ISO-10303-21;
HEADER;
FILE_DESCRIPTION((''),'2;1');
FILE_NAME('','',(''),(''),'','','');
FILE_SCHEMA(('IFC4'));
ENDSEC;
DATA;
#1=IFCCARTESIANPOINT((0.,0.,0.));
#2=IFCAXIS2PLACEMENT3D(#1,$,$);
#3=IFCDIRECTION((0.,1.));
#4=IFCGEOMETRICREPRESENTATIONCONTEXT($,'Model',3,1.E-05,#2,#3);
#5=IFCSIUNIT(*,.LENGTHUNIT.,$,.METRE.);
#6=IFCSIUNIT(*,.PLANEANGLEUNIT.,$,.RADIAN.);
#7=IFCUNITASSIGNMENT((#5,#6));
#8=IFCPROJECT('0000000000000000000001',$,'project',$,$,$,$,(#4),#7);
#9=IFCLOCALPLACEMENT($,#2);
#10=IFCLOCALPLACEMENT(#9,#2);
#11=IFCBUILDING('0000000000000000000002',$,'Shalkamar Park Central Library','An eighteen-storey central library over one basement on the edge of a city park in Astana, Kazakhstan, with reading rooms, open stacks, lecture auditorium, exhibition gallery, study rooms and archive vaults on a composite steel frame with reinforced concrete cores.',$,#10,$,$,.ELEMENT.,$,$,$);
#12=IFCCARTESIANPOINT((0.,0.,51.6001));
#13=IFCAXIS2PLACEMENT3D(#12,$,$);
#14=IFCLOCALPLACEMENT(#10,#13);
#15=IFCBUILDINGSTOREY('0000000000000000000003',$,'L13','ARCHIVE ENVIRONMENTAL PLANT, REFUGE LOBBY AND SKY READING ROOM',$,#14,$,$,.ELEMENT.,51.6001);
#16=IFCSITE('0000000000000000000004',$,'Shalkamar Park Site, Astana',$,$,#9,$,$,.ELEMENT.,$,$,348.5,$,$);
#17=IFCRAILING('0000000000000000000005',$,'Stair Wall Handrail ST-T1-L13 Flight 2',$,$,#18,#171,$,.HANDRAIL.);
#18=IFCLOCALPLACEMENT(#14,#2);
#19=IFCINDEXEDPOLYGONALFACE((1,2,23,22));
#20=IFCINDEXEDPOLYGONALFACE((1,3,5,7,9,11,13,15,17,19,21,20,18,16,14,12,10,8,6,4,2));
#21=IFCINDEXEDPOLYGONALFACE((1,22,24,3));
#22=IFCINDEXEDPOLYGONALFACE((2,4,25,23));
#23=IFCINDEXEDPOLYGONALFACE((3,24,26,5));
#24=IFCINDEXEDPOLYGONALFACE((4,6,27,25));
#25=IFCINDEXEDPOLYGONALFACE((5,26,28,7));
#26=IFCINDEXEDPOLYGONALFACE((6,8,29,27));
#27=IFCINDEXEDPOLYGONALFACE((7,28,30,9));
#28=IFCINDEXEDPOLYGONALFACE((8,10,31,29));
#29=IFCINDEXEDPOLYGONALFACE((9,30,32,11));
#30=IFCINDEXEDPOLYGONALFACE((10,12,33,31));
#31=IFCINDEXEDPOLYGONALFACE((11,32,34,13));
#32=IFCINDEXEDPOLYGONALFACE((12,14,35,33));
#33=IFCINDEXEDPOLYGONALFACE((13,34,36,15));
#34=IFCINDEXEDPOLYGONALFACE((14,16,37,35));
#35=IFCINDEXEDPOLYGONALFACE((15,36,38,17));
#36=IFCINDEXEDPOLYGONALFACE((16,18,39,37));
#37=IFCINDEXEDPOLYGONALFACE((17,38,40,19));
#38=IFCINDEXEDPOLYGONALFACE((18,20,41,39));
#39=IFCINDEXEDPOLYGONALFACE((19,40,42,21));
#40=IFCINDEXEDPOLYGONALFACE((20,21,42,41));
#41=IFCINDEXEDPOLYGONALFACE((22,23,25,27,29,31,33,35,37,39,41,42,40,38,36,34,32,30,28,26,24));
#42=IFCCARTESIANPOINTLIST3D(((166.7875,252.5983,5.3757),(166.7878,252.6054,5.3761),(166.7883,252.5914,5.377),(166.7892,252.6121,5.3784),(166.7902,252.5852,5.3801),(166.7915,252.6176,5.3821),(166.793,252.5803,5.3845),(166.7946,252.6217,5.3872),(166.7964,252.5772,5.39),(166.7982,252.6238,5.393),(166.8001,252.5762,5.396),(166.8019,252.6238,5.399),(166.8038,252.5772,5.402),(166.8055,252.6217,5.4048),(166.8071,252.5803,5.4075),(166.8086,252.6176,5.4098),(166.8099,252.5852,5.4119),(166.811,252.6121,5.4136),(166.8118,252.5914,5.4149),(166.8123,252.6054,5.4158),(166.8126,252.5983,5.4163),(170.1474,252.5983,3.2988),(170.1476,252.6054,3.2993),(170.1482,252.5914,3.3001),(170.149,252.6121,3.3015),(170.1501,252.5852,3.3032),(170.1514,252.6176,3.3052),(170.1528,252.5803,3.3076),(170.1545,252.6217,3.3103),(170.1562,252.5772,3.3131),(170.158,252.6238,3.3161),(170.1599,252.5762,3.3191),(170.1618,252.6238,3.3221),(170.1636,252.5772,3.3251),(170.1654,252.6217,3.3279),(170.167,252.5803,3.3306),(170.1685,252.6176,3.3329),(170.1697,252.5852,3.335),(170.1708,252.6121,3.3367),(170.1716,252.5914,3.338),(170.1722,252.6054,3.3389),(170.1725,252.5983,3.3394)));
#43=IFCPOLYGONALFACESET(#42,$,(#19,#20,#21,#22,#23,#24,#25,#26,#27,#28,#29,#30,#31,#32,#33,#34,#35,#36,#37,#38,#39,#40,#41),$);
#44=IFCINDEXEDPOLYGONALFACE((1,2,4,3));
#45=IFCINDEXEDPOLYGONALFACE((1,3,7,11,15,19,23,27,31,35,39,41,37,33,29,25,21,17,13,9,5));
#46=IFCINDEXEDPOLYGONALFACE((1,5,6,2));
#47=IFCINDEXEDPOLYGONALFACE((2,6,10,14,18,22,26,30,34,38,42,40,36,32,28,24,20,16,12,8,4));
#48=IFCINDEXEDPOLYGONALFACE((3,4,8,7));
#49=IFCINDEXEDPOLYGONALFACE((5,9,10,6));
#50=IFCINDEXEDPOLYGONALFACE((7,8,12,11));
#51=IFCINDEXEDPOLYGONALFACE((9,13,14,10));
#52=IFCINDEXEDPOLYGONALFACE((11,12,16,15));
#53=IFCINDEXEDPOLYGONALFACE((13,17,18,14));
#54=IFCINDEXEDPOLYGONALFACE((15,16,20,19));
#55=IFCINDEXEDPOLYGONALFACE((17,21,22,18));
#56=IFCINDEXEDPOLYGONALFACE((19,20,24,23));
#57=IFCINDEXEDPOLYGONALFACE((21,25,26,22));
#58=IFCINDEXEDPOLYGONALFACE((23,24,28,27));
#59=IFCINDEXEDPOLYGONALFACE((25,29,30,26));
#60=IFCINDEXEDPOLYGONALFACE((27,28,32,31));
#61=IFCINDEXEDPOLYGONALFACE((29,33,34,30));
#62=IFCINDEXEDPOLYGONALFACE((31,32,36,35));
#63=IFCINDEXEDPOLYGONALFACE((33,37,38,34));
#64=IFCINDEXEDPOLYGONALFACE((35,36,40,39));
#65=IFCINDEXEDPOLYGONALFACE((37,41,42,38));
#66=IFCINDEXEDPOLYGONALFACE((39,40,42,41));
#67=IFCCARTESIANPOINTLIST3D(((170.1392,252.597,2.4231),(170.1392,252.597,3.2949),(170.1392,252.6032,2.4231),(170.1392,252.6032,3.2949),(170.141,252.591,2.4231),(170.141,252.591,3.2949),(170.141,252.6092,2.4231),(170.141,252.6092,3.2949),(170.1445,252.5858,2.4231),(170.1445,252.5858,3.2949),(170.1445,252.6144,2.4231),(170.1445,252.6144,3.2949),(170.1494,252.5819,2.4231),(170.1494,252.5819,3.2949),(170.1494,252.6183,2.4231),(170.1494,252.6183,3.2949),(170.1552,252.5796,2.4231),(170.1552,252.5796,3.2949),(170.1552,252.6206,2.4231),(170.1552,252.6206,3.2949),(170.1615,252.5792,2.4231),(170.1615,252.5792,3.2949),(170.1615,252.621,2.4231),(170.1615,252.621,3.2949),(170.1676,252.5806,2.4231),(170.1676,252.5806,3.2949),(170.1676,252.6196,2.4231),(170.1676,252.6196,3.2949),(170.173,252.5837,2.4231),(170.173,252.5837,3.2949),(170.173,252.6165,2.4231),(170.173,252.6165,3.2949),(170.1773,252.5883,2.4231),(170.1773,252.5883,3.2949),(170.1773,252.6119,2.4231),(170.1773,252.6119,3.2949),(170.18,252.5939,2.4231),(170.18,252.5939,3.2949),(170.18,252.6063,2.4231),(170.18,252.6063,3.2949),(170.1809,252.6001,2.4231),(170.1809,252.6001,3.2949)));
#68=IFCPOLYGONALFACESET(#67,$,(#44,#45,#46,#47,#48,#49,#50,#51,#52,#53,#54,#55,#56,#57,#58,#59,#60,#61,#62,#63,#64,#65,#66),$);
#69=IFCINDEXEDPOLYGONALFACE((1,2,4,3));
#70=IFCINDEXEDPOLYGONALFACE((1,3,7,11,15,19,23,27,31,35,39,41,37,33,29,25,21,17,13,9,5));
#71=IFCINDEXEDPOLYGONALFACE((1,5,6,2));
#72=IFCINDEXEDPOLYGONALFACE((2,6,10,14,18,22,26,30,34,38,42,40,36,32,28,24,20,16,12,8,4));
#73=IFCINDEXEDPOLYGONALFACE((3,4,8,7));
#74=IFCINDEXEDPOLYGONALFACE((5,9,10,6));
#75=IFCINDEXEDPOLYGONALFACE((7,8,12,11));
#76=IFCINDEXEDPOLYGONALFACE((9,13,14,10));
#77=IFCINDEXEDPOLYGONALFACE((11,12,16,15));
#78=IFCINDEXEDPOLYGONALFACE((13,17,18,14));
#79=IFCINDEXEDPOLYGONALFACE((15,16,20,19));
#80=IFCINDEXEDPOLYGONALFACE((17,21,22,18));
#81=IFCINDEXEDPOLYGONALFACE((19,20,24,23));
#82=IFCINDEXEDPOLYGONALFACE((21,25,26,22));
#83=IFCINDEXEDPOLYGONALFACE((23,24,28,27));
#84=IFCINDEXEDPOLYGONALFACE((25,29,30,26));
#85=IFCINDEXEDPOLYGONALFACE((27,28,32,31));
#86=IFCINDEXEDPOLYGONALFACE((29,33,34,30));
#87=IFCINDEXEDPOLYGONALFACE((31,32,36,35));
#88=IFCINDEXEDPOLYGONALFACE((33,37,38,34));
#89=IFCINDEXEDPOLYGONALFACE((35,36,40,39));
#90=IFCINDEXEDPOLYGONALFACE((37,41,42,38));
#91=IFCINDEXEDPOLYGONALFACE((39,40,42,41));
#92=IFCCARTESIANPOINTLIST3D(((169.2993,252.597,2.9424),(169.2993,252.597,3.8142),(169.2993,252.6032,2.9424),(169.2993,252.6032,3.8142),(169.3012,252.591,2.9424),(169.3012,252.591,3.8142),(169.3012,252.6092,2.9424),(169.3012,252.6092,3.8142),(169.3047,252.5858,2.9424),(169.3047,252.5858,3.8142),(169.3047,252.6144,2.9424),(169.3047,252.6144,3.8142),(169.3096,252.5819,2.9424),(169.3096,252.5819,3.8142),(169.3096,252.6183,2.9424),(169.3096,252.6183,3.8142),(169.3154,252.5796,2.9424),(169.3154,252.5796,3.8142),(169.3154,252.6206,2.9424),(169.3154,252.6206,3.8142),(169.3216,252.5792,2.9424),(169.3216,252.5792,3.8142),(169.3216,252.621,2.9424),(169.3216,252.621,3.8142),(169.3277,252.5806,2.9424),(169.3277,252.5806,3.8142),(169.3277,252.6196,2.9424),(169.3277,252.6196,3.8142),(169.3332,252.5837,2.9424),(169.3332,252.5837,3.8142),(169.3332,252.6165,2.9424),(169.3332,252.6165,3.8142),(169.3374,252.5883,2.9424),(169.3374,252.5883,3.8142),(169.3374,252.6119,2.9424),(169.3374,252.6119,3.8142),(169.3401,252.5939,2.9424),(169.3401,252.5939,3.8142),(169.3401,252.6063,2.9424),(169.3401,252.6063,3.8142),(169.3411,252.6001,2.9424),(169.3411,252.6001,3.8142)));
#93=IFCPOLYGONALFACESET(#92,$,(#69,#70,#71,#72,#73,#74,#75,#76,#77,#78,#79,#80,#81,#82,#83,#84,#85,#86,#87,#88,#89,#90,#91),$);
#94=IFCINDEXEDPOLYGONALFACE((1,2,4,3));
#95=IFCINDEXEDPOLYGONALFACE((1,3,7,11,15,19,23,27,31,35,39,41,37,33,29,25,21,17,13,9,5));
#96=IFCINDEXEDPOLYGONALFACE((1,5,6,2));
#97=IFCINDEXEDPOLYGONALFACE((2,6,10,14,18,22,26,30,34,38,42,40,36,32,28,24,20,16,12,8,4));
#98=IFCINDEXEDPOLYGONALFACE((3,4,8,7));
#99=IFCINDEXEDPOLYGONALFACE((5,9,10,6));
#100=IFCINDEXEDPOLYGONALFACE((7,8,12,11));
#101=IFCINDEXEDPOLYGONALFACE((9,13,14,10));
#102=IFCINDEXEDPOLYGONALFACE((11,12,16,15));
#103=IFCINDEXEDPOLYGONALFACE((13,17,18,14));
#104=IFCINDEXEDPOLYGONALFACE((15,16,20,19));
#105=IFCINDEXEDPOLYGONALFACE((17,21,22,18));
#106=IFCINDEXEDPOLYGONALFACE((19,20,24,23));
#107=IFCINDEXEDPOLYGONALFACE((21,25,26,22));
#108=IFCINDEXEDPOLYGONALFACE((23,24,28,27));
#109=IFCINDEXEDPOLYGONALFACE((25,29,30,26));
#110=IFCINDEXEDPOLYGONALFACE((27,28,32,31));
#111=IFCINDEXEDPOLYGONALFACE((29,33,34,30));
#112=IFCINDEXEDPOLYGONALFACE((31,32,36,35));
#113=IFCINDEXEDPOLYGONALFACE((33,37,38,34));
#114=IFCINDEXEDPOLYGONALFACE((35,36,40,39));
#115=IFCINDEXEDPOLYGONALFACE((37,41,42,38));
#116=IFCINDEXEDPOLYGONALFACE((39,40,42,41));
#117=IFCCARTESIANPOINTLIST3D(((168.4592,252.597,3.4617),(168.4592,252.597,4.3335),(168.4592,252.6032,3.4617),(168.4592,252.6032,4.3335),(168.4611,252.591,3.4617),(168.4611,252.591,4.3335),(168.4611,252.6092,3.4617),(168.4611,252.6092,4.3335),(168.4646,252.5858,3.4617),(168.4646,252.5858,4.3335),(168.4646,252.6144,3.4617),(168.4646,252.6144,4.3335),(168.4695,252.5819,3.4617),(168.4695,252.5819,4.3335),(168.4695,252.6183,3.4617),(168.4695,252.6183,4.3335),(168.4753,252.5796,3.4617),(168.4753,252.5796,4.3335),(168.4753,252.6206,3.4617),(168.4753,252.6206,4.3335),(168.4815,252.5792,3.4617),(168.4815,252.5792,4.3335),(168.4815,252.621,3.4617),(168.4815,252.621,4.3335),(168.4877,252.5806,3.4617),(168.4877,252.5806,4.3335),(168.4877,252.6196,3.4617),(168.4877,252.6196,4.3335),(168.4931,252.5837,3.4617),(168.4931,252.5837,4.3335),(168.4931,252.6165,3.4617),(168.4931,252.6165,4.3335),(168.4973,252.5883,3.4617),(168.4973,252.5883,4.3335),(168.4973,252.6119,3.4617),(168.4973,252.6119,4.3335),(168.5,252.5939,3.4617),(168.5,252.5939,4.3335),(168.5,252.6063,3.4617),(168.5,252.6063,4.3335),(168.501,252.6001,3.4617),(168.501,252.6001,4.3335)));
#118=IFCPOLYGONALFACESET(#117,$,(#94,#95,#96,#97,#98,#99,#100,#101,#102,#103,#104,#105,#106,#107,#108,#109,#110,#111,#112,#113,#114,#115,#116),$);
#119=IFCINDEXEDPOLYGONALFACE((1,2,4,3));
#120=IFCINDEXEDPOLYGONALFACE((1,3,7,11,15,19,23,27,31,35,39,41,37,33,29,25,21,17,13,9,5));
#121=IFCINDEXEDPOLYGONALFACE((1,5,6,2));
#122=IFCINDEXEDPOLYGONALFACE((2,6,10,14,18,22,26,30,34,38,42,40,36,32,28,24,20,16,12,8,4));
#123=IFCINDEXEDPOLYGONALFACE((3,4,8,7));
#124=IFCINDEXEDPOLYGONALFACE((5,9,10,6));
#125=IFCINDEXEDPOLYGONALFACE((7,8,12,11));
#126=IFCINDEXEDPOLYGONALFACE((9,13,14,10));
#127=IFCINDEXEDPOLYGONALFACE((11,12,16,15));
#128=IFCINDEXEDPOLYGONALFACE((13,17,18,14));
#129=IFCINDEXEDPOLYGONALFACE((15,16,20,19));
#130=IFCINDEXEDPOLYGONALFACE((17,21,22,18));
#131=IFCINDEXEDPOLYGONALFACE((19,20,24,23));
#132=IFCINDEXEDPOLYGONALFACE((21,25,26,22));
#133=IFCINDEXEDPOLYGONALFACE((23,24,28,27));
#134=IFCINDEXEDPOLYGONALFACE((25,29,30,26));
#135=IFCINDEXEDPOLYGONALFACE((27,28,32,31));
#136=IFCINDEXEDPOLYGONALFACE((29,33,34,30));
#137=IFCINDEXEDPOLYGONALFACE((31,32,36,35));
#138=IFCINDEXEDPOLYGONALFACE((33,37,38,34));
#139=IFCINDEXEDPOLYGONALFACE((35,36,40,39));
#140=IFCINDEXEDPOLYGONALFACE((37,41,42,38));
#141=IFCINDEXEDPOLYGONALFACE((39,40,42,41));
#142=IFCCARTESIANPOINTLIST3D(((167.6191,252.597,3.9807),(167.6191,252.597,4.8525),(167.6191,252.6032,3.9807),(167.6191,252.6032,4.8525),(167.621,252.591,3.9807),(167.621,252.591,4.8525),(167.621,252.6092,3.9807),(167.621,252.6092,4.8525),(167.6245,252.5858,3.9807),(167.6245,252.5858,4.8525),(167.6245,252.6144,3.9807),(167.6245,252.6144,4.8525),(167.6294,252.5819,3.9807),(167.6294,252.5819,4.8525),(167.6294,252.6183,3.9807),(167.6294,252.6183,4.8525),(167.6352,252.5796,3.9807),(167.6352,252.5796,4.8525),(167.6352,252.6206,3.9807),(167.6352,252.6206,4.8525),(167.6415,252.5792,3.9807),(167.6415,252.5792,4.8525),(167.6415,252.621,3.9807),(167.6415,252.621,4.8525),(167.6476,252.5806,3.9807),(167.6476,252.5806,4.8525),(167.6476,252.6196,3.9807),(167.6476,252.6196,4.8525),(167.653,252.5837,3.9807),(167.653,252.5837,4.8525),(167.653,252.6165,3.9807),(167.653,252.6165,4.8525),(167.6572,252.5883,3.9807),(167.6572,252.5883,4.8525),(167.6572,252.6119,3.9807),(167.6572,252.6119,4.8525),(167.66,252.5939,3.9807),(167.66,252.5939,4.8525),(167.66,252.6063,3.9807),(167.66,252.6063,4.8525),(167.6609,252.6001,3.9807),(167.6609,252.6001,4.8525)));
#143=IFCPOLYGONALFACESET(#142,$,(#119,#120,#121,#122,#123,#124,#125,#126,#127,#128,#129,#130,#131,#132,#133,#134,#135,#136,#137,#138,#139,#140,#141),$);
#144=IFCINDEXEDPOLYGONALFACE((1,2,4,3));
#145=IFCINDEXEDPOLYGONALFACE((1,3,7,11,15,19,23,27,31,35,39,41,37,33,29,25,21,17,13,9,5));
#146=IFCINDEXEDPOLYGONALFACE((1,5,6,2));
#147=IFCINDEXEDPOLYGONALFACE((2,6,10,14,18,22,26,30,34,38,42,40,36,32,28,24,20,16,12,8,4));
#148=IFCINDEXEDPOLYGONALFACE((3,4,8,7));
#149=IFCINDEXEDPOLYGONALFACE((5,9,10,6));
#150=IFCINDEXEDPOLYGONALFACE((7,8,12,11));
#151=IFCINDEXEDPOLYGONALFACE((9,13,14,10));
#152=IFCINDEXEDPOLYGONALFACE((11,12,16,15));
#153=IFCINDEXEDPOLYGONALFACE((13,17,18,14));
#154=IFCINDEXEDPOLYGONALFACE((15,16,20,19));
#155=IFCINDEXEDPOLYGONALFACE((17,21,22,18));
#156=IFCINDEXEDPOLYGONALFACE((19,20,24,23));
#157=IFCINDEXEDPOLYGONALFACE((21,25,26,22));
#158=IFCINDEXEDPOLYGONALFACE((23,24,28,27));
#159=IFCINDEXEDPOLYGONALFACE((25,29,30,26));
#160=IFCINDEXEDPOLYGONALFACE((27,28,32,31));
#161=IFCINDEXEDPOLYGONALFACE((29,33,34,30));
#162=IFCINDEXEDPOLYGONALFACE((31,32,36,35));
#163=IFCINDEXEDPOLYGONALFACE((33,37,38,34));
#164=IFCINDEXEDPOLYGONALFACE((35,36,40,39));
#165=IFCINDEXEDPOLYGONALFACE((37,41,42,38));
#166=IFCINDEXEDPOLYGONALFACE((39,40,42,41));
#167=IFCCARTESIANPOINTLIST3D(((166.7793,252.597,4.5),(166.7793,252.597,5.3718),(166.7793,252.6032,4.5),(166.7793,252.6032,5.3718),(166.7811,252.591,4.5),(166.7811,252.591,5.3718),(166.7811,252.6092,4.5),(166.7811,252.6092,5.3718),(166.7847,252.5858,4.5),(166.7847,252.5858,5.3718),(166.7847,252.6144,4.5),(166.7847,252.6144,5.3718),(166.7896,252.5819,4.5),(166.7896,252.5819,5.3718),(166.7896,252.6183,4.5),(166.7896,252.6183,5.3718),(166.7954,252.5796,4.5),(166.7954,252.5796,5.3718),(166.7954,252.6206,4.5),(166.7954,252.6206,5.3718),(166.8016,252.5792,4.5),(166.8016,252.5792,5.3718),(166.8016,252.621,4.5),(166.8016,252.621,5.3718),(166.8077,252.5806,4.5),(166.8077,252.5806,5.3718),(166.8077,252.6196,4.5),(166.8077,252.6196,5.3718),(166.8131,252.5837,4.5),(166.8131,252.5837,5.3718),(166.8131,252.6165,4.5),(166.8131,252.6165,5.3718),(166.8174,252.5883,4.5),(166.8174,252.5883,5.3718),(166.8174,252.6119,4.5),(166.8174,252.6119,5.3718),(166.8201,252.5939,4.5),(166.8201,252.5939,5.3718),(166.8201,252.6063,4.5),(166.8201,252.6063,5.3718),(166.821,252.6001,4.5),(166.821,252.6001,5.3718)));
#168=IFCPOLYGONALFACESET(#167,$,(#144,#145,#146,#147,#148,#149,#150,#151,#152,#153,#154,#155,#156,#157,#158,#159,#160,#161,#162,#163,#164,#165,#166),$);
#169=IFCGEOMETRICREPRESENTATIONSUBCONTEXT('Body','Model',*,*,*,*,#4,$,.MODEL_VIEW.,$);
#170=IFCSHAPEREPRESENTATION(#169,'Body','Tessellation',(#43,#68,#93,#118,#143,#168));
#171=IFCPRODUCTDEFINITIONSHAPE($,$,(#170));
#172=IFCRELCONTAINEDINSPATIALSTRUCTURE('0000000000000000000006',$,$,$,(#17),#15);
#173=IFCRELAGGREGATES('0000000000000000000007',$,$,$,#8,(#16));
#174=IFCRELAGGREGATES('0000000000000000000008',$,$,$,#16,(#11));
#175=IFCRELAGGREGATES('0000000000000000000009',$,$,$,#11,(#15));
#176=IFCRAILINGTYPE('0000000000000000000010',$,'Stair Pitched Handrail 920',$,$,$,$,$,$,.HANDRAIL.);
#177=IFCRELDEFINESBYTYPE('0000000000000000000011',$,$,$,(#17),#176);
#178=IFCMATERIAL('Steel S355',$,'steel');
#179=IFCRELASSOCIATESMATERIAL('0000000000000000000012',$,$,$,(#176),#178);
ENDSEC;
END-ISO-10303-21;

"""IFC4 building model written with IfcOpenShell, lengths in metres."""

from ifc_helpers import new_model, si_unit, direction, frame, origin, origin_2d, place, context, subcontext, project, spatial, circle, extrude, material, type_object, element, save


model = new_model("IFC4")

# Units and contexts
model_context = context("Model", 3, precision=1e-05, world=origin(), true_north=direction((0.0, 1.0)))
body_context = subcontext(model_context, "Body", "Model", "MODEL_VIEW")
ifc_project = project(units=[si_unit("LENGTHUNIT", "METRE"), si_unit("PLANEANGLEUNIT", "RADIAN")], contexts=[model_context])

# Site, building, storey
site_placement = place(None, origin())
site = spatial("IfcSite", under=ifc_project, at=site_placement, Name="Shalkamar Park Site, Astana", CompositionType="ELEMENT", RefElevation=348.5)
building_placement = place(site_placement, origin())
building = spatial("IfcBuilding", under=site, at=building_placement, Name="Shalkamar Park Central Library", Description="An eighteen-storey central library over one basement on the edge of a city park in Astana, Kazakhstan, with reading rooms, open stacks, lecture auditorium, exhibition gallery, study rooms and archive vaults on a composite steel frame with reinforced concrete cores.", CompositionType="ELEMENT")
storey_placement = place(building_placement, frame((0.0, 0.0, 51.6001)))
storey = spatial("IfcBuildingStorey", under=building, at=storey_placement, Name="L13", Description="ARCHIVE ENVIRONMENTAL PLANT, REFUGE LOBBY AND SKY READING ROOM", CompositionType="ELEMENT", Elevation=51.6001)

# Shared definitions
ifc_material_1 = material(Name="Steel S355", Category="steel")

# Railing
railing_type_1 = type_object("IfcRailingType", Name="Stair Pitched Handrail 920", PredefinedType="HANDRAIL", material=ifc_material_1)
railing_1_placement = place(storey_placement, frame((170.1599, 252.6001, 2.4231)))
element("IfcRailing", 1, at=railing_1_placement, inside=storey, type_object=railing_type_1, Name="Stair Wall Handrail ST-T1-L13 Flight 2", PredefinedType="HANDRAIL", context=body_context, shape_type="SweptSolid", body=[
    extrude(circle(Radius=0.0239, at=origin_2d()), frame((0.0, 0.0, 0.896), z_axis=(-0.850606, 0.0, 0.525803), x_axis=(0.0, -1.0, 0.0)), (0.0, 0.0, 1.0), 3.95),
    extrude(circle(Radius=0.021, at=origin_2d()), origin(), (0.0, 0.0, 1.0), 0.8718),
    extrude(circle(Radius=0.021, at=origin_2d()), frame((-0.8398, 0.0, 0.5193)), (0.0, 0.0, 1.0), 0.8718),
    extrude(circle(Radius=0.021, at=origin_2d()), frame((-1.6799, 0.0, 1.0386)), (0.0, 0.0, 1.0), 0.8718),
    extrude(circle(Radius=0.021, at=origin_2d()), frame((-2.52, 0.0, 1.5576)), (0.0, 0.0, 1.0), 0.8718),
    extrude(circle(Radius=0.021, at=origin_2d()), frame((-3.3599, 0.0, 2.0769)), (0.0, 0.0, 1.0), 0.8718),
])

save(model, "model.ifc")
